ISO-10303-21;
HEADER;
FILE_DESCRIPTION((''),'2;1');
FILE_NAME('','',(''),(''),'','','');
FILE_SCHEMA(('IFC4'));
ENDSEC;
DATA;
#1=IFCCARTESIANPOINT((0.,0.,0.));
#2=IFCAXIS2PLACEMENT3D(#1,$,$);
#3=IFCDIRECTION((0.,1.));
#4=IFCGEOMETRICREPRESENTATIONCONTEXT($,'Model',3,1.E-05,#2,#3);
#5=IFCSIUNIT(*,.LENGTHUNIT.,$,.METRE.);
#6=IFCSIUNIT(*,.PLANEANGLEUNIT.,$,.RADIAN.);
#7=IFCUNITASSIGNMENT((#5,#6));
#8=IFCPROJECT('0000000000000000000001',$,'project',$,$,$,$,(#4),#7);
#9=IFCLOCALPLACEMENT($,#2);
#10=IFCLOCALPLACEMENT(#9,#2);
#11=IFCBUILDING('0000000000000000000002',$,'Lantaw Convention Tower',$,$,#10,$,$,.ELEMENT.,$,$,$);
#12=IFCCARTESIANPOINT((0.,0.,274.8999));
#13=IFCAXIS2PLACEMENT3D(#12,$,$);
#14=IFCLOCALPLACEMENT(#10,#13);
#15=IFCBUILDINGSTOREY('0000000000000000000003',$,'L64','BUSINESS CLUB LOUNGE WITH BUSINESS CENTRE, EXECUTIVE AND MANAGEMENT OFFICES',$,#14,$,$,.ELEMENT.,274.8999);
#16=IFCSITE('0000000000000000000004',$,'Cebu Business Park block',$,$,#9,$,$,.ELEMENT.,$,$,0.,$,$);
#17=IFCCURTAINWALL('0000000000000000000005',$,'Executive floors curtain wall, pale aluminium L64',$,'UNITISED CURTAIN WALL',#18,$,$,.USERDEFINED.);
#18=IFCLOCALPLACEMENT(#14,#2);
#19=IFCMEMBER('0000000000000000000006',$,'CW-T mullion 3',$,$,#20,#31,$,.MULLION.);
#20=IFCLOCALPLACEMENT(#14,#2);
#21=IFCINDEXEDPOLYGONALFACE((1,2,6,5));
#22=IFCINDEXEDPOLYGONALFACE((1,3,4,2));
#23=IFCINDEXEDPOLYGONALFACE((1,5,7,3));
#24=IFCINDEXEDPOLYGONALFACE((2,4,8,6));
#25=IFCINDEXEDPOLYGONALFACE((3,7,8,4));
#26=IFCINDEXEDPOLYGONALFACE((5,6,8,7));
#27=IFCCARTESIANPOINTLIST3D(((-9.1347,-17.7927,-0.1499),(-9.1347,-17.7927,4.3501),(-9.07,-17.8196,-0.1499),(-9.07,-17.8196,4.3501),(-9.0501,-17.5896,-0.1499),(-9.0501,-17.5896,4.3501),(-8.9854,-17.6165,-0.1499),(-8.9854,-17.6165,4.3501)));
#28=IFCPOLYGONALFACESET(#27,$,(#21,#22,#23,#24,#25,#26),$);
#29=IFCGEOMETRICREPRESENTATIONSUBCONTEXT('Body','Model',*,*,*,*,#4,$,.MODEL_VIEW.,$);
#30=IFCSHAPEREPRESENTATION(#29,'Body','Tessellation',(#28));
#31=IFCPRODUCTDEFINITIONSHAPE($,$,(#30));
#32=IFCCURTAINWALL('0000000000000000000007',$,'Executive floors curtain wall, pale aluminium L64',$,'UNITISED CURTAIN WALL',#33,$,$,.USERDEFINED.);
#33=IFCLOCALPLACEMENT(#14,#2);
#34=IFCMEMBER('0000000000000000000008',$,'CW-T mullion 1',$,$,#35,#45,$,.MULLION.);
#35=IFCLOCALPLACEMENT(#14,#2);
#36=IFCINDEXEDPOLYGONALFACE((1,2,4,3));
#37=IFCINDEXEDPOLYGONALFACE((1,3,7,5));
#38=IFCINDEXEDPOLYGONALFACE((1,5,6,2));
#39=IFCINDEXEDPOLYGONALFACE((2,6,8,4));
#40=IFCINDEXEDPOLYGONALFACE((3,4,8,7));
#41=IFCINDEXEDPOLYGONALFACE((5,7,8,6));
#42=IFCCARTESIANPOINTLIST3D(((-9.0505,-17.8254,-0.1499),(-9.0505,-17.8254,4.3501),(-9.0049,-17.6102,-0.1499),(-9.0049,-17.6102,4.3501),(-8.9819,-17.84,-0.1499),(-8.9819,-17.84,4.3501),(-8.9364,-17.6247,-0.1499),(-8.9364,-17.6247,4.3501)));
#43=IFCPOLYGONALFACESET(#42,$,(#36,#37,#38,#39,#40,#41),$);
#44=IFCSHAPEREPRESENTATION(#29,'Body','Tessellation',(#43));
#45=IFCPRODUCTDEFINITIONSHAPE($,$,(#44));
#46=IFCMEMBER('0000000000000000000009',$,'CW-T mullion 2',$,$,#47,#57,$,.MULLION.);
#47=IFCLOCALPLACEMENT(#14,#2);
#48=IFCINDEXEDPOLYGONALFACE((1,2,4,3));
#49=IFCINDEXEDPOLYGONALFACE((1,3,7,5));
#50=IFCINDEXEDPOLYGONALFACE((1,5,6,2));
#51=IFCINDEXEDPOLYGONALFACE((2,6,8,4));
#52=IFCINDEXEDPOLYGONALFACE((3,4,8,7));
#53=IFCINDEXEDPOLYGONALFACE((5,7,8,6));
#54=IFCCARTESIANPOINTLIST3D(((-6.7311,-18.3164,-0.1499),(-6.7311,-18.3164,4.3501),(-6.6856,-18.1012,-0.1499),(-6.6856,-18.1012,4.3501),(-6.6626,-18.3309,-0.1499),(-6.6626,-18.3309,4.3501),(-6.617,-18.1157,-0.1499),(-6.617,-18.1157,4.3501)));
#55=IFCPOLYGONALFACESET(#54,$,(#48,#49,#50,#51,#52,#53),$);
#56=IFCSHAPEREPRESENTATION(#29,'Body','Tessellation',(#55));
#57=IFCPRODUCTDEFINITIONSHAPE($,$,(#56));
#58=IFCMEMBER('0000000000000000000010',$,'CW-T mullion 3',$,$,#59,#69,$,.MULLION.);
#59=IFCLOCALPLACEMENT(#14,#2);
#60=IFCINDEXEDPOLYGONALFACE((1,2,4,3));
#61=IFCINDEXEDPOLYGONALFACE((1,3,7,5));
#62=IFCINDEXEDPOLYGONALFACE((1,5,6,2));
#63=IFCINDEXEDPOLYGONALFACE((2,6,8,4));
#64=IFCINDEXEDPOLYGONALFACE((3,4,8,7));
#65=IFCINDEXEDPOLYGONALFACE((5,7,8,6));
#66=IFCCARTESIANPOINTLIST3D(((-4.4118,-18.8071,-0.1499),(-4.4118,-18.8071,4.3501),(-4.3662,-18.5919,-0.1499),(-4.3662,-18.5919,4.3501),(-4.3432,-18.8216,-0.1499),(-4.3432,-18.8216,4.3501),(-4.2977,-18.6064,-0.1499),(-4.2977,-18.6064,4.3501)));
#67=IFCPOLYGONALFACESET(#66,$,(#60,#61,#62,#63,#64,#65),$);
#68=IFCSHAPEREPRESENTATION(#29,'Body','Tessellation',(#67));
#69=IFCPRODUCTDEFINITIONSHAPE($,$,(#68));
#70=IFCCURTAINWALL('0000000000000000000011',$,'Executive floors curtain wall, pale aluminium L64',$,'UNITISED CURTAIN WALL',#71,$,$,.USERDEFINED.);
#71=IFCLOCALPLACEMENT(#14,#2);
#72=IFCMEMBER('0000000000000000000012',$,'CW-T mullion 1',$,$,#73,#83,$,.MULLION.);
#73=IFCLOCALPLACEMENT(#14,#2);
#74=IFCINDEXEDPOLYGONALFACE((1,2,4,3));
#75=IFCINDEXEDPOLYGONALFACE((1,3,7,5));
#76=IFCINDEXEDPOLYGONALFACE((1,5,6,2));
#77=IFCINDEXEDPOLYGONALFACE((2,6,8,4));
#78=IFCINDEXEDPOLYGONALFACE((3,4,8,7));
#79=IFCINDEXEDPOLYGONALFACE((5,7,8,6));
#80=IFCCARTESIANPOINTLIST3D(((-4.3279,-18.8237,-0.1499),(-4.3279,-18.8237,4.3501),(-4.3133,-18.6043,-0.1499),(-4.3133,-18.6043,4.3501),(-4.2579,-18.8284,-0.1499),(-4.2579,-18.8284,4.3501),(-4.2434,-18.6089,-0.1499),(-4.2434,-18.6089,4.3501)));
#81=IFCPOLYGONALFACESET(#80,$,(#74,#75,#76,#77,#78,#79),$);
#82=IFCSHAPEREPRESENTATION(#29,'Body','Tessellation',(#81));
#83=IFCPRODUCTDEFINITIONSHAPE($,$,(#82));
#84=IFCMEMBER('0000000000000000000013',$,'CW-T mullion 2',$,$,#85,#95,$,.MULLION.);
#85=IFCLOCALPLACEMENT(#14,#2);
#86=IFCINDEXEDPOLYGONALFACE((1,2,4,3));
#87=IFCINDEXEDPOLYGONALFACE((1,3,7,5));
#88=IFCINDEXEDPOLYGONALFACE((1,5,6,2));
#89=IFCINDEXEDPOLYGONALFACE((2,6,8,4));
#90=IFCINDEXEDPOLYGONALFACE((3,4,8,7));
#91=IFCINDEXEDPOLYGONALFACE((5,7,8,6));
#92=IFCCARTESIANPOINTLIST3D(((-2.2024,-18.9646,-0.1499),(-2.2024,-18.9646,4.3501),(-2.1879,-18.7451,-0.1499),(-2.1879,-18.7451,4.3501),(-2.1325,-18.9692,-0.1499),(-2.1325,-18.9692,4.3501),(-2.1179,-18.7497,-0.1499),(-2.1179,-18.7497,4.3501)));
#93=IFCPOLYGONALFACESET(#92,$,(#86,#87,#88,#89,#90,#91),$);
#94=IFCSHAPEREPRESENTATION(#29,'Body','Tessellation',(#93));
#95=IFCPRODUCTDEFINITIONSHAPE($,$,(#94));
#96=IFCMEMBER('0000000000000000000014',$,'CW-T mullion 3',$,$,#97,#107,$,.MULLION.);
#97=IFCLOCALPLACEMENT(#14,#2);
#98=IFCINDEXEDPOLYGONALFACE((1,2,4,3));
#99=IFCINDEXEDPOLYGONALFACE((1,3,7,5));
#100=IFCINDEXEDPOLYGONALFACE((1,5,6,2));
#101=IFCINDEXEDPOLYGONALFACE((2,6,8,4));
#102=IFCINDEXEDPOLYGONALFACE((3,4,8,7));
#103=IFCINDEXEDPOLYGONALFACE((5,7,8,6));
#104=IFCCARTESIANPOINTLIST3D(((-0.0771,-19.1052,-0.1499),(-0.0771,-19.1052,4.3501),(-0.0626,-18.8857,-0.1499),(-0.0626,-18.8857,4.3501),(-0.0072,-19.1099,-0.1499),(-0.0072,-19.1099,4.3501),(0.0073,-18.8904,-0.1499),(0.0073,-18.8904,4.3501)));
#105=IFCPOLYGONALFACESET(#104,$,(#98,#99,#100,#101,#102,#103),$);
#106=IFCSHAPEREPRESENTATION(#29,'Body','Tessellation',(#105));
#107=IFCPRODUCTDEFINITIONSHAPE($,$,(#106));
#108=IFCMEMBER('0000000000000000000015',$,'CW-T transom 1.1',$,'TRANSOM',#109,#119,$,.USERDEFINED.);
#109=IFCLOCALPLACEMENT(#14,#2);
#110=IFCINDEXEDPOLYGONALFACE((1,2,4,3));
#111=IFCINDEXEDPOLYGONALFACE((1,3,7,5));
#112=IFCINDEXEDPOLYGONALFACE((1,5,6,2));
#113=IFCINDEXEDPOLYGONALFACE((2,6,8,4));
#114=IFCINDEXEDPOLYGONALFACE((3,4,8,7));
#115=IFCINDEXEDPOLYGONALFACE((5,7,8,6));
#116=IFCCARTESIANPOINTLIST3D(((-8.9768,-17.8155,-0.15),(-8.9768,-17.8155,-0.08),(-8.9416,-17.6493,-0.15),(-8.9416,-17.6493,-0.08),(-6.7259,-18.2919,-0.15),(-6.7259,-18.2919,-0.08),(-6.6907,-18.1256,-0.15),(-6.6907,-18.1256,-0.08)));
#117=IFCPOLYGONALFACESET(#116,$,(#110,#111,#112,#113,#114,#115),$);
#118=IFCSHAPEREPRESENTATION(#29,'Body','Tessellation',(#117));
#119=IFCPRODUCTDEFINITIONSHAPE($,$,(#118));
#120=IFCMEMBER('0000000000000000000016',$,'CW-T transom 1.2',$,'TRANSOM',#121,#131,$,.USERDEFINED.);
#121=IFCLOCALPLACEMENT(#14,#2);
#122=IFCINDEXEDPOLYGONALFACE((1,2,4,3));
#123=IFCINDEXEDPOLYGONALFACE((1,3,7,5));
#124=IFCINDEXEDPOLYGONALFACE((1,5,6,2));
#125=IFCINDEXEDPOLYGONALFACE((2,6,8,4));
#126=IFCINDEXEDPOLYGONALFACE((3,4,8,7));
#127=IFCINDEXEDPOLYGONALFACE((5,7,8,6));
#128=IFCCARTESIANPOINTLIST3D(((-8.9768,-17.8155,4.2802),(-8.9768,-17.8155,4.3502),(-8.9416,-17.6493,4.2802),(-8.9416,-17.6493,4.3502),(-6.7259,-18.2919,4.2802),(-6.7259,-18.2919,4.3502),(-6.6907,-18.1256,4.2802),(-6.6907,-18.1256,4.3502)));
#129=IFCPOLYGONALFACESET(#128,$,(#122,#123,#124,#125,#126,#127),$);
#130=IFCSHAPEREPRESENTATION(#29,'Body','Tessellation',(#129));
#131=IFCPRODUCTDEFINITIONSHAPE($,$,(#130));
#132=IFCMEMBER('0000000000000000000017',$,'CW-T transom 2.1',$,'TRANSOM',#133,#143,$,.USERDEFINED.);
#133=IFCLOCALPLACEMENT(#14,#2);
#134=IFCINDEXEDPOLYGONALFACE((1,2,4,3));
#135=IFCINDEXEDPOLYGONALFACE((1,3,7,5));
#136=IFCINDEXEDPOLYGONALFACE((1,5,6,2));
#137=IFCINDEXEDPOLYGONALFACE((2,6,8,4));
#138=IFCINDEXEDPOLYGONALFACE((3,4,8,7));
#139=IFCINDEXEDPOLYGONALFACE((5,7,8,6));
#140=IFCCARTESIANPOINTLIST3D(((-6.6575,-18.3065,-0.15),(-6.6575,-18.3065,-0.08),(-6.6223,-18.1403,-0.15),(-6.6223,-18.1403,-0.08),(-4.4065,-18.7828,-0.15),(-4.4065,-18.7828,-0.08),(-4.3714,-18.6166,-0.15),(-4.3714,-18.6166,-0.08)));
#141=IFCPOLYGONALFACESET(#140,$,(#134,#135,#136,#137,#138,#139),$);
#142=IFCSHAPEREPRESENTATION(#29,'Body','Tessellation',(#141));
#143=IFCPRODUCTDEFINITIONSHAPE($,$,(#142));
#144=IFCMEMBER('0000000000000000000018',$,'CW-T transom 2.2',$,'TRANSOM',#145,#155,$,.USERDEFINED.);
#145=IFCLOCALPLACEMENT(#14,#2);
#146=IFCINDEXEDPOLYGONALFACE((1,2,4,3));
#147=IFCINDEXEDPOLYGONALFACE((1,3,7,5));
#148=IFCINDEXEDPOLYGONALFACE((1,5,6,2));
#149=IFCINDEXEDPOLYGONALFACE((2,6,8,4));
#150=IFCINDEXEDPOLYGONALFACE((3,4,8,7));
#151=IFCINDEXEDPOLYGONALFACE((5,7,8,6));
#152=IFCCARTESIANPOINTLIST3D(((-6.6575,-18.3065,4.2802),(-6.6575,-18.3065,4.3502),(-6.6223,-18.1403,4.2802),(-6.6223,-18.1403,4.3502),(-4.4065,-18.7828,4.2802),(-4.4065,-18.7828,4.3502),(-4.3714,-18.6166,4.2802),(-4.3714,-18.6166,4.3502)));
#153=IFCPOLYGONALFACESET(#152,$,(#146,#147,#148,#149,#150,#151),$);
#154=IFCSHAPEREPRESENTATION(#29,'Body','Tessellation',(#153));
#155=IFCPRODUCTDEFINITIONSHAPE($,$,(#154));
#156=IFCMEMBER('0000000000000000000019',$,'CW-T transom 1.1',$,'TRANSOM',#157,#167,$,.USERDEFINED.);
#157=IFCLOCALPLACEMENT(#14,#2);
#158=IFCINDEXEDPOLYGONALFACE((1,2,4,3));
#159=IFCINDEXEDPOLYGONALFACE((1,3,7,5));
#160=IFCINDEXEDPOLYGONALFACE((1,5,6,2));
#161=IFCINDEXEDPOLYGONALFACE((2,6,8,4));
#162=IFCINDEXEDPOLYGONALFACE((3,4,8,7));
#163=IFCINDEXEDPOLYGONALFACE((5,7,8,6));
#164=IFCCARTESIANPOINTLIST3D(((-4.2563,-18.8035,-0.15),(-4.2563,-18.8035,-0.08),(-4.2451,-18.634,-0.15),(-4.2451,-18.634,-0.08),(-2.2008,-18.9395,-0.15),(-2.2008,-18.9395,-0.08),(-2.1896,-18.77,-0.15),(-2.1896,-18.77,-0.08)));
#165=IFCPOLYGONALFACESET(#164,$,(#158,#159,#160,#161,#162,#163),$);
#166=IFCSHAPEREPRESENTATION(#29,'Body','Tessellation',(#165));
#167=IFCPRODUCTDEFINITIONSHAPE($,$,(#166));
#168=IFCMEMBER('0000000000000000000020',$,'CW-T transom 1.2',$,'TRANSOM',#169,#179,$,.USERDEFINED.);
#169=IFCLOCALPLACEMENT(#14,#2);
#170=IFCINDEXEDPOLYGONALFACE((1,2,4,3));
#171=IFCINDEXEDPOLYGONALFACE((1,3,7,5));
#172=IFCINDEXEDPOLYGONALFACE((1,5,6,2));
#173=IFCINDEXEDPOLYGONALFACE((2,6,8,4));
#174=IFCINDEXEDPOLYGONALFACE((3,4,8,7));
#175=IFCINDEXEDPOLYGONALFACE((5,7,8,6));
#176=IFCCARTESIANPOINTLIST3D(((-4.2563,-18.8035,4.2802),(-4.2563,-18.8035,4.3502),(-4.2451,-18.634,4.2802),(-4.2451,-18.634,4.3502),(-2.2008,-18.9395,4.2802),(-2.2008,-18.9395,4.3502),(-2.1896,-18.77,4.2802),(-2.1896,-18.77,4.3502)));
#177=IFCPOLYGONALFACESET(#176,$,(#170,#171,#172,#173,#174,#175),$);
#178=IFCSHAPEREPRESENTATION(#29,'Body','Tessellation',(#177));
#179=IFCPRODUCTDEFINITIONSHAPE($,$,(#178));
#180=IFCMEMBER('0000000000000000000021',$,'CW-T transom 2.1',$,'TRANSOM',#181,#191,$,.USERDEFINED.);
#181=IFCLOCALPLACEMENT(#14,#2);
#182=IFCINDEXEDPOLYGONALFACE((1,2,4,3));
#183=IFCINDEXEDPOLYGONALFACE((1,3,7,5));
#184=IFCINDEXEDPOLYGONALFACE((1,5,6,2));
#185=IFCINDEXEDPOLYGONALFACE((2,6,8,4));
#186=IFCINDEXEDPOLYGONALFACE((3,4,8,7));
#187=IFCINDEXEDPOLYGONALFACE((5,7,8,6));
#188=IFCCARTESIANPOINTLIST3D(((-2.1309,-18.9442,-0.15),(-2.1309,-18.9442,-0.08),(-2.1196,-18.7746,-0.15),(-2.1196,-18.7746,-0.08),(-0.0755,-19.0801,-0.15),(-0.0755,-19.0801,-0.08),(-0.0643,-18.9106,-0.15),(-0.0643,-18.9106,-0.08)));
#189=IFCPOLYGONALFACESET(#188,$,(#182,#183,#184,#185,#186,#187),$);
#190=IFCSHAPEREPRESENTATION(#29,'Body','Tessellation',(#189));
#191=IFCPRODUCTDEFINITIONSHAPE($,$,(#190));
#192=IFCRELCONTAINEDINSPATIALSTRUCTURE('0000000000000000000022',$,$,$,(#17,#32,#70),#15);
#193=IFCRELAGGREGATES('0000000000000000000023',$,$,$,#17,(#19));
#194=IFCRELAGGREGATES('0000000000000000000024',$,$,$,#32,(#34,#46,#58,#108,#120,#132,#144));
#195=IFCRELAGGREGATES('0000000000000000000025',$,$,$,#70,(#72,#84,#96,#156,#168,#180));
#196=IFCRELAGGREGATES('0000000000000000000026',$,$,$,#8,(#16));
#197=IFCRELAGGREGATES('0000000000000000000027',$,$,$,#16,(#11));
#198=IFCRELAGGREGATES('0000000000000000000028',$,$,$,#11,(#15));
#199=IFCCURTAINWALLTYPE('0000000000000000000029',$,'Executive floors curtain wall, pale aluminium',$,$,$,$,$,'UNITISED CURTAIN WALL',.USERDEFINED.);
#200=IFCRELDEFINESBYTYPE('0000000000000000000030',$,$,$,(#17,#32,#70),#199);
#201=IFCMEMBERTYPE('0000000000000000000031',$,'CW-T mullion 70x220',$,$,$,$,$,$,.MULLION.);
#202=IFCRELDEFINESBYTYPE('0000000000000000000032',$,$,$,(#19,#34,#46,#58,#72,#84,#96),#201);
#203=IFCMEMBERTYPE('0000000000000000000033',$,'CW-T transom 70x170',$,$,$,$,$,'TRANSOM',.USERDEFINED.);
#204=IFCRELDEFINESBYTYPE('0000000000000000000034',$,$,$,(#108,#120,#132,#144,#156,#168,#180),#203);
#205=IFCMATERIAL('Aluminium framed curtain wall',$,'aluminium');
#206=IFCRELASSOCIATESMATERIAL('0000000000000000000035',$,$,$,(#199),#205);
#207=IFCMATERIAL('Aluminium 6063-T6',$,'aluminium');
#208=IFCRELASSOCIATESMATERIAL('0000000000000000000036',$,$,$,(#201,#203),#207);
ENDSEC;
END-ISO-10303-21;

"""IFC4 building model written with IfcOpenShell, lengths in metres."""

from ifc_helpers import new_model, si_unit, direction, frame, origin, origin_2d, place, context, subcontext, project, spatial, rectangle, extrude, material, material_profile, profile_set, type_object, element, aggregate, save


model = new_model("IFC4")

# Units and contexts
model_context = context("Model", 3, precision=1e-05, world=origin(), true_north=direction((0.0, 1.0)))
body_context = subcontext(model_context, "Body", "Model", "MODEL_VIEW")
ifc_project = project(units=[si_unit("LENGTHUNIT", "METRE"), si_unit("PLANEANGLEUNIT", "RADIAN")], contexts=[model_context])

# Site, building, storey
site_placement = place(None, origin())
site = spatial("IfcSite", under=ifc_project, at=site_placement, Name="Cebu Business Park block", CompositionType="ELEMENT", RefElevation=0.0)
building_placement = place(site_placement, origin())
building = spatial("IfcBuilding", under=site, at=building_placement, Name="Lantaw Convention Tower", CompositionType="ELEMENT")
storey_placement = place(building_placement, frame((0.0, 0.0, 274.8999)))
storey = spatial("IfcBuildingStorey", under=building, at=storey_placement, Name="L64", Description="BUSINESS CLUB LOUNGE WITH BUSINESS CENTRE, EXECUTIVE AND MANAGEMENT OFFICES", CompositionType="ELEMENT", Elevation=274.8999)

# Curtain wall, member
ifc_material_1 = material(Name="Aluminium framed curtain wall", Category="aluminium")
curtain_wall_type = type_object("IfcCurtainWallType", Name="Executive floors curtain wall, pale aluminium", ElementType="UNITISED CURTAIN WALL", PredefinedType="USERDEFINED", material=ifc_material_1)
curtain_wall_1_placement = place(storey_placement, origin())
curtain_wall_1 = element("IfcCurtainWall", 1, at=curtain_wall_1_placement, inside=storey, type_object=curtain_wall_type, Name="Executive floors curtain wall, pale aluminium L64", ObjectType="UNITISED CURTAIN WALL", PredefinedType="USERDEFINED")
ifc_material_2 = material(Name="Aluminium 6063-T6", Category="aluminium")
ifc_material_profile_1 = material_profile(ifc_material_2, rectangle(XDim=0.22, YDim=0.0701, at=origin_2d()), Name="CW-T mullion 70x220")
ifc_profile_set_1 = profile_set([ifc_material_profile_1], Name="Aluminium 6063-T6")
member_type_1 = type_object("IfcMemberType", Name="CW-T mullion 70x220", PredefinedType="MULLION", material=ifc_profile_set_1)
member_1_placement = place(storey_placement, frame((-9.0601, -17.7046, -0.1499), z_axis=(0.0, 0.0, 1.0), x_axis=(0.38446, 0.923142, 0.0)))
member_1 = element("IfcMember", 2, at=member_1_placement, type_object=member_type_1, Name="CW-T mullion 3", PredefinedType="MULLION", context=body_context, shape_type="SweptSolid", body=[
    extrude(rectangle(XDim=0.22, YDim=0.0701, at=origin_2d()), origin(), (0.0, 0.0, 1.0), 4.5),
])
aggregate(curtain_wall_1, [member_1])

# Curtain walls, members
curtain_wall_2_placement = place(storey_placement, origin())
curtain_wall_2 = element("IfcCurtainWall", 3, at=curtain_wall_2_placement, inside=storey, type_object=curtain_wall_type, Name="Executive floors curtain wall, pale aluminium L64", ObjectType="UNITISED CURTAIN WALL", PredefinedType="USERDEFINED")
member_2_placement = place(storey_placement, frame((-8.9934, -17.7251, -0.1499), z_axis=(0.0, 0.0, 1.0), x_axis=(0.20704, 0.978332, 0.0)))
member_2 = element("IfcMember", 4, at=member_2_placement, type_object=member_type_1, Name="CW-T mullion 1", PredefinedType="MULLION", context=body_context, shape_type="SweptSolid", body=[
    extrude(rectangle(XDim=0.22, YDim=0.0701, at=origin_2d()), origin(), (0.0, 0.0, 1.0), 4.5),
])
member_3_placement = place(storey_placement, frame((-6.6741, -18.2161, -0.1499), z_axis=(0.0, 0.0, 1.0), x_axis=(0.20704, 0.978332, 0.0)))
member_3 = element("IfcMember", 5, at=member_3_placement, type_object=member_type_1, Name="CW-T mullion 2", PredefinedType="MULLION", context=body_context, shape_type="SweptSolid", body=[
    extrude(rectangle(XDim=0.22, YDim=0.0701, at=origin_2d()), origin(), (0.0, 0.0, 1.0), 4.5),
])
member_4_placement = place(storey_placement, frame((-4.3547, -18.7068, -0.1499), z_axis=(0.0, 0.0, 1.0), x_axis=(0.20704, 0.978332, 0.0)))
member_4 = element("IfcMember", 6, at=member_4_placement, type_object=member_type_1, Name="CW-T mullion 3", PredefinedType="MULLION", context=body_context, shape_type="SweptSolid", body=[
    extrude(rectangle(XDim=0.22, YDim=0.0701, at=origin_2d()), origin(), (0.0, 0.0, 1.0), 4.5),
])
curtain_wall_3_placement = place(storey_placement, origin())
curtain_wall_3 = element("IfcCurtainWall", 7, at=curtain_wall_3_placement, inside=storey, type_object=curtain_wall_type, Name="Executive floors curtain wall, pale aluminium L64", ObjectType="UNITISED CURTAIN WALL", PredefinedType="USERDEFINED")
member_5_placement = place(storey_placement, frame((-4.2856, -18.7163, -0.1499), z_axis=(0.0, 0.0, 1.0), x_axis=(0.066025, 0.997818, 0.0)))
member_5 = element("IfcMember", 8, at=member_5_placement, type_object=member_type_1, Name="CW-T mullion 1", PredefinedType="MULLION", context=body_context, shape_type="SweptSolid", body=[
    extrude(rectangle(XDim=0.22, YDim=0.0701, at=origin_2d()), origin(), (0.0, 0.0, 1.0), 4.5),
])
member_6_placement = place(storey_placement, frame((-2.1602, -18.8572, -0.1499), z_axis=(0.0, 0.0, 1.0), x_axis=(0.066025, 0.997818, 0.0)))
member_6 = element("IfcMember", 9, at=member_6_placement, type_object=member_type_1, Name="CW-T mullion 2", PredefinedType="MULLION", context=body_context, shape_type="SweptSolid", body=[
    extrude(rectangle(XDim=0.22, YDim=0.0701, at=origin_2d()), origin(), (0.0, 0.0, 1.0), 4.5),
])
member_7_placement = place(storey_placement, frame((-0.0349, -18.9978, -0.1499), z_axis=(0.0, 0.0, 1.0), x_axis=(0.066025, 0.997818, 0.0)))
member_7 = element("IfcMember", 10, at=member_7_placement, type_object=member_type_1, Name="CW-T mullion 3", PredefinedType="MULLION", context=body_context, shape_type="SweptSolid", body=[
    extrude(rectangle(XDim=0.22, YDim=0.0701, at=origin_2d()), origin(), (0.0, 0.0, 1.0), 4.5),
])

# Members
ifc_material_profile_2 = material_profile(ifc_material_2, rectangle(XDim=0.1699, YDim=0.0701, at=origin_2d()), Name="CW-T transom 70x170")
ifc_profile_set_2 = profile_set([ifc_material_profile_2], Name="Aluminium 6063-T6")
member_type_2 = type_object("IfcMemberType", Name="CW-T transom 70x170", ElementType="TRANSOM", PredefinedType="USERDEFINED", material=ifc_profile_set_2)
member_8_placement = place(storey_placement, frame((-8.9592, -17.7324, -0.115), z_axis=(0.978336, -0.207021, 0.0), x_axis=(0.207021, 0.978336, 0.0)))
member_8 = element("IfcMember", 11, at=member_8_placement, type_object=member_type_2, Name="CW-T transom 1.1", ObjectType="TRANSOM", PredefinedType="USERDEFINED", context=body_context, shape_type="SweptSolid", body=[
    extrude(rectangle(XDim=0.1699, YDim=0.0701, at=origin_2d()), origin(), (0.0, 0.0, 1.0), 2.3008),
])
member_9_placement = place(storey_placement, frame((-8.9592, -17.7324, 4.3152), z_axis=(0.978336, -0.207021, 0.0), x_axis=(0.207021, 0.978336, 0.0)))
member_9 = element("IfcMember", 12, at=member_9_placement, type_object=member_type_2, Name="CW-T transom 1.2", ObjectType="TRANSOM", PredefinedType="USERDEFINED", context=body_context, shape_type="SweptSolid", body=[
    extrude(rectangle(XDim=0.1699, YDim=0.0701, at=origin_2d()), origin(), (0.0, 0.0, 1.0), 2.3008),
])
member_10_placement = place(storey_placement, frame((-6.6399, -18.2234, -0.115), z_axis=(0.978336, -0.207021, 0.0), x_axis=(0.207021, 0.978336, 0.0)))
member_10 = element("IfcMember", 13, at=member_10_placement, type_object=member_type_2, Name="CW-T transom 2.1", ObjectType="TRANSOM", PredefinedType="USERDEFINED", context=body_context, shape_type="SweptSolid", body=[
    extrude(rectangle(XDim=0.1699, YDim=0.0701, at=origin_2d()), origin(), (0.0, 0.0, 1.0), 2.3008),
])
member_11_placement = place(storey_placement, frame((-6.6399, -18.2234, 4.3152), z_axis=(0.978336, -0.207021, 0.0), x_axis=(0.207021, 0.978336, 0.0)))
member_11 = element("IfcMember", 14, at=member_11_placement, type_object=member_type_2, Name="CW-T transom 2.2", ObjectType="TRANSOM", PredefinedType="USERDEFINED", context=body_context, shape_type="SweptSolid", body=[
    extrude(rectangle(XDim=0.1699, YDim=0.0701, at=origin_2d()), origin(), (0.0, 0.0, 1.0), 2.3008),
])
member_12_placement = place(storey_placement, frame((-4.2507, -18.7188, -0.115), z_axis=(0.997819, -0.066008, 0.0), x_axis=(0.066008, 0.997819, 0.0)))
member_12 = element("IfcMember", 15, at=member_12_placement, type_object=member_type_2, Name="CW-T transom 1.1", ObjectType="TRANSOM", PredefinedType="USERDEFINED", context=body_context, shape_type="SweptSolid", body=[
    extrude(rectangle(XDim=0.1699, YDim=0.0701, at=origin_2d()), origin(), (0.0, 0.0, 1.0), 2.0601),
])
member_13_placement = place(storey_placement, frame((-4.2507, -18.7188, 4.3152), z_axis=(0.997819, -0.066008, 0.0), x_axis=(0.066008, 0.997819, 0.0)))
member_13 = element("IfcMember", 16, at=member_13_placement, type_object=member_type_2, Name="CW-T transom 1.2", ObjectType="TRANSOM", PredefinedType="USERDEFINED", context=body_context, shape_type="SweptSolid", body=[
    extrude(rectangle(XDim=0.1699, YDim=0.0701, at=origin_2d()), origin(), (0.0, 0.0, 1.0), 2.0601),
])
member_14_placement = place(storey_placement, frame((-2.1252, -18.8594, -0.115), z_axis=(0.997819, -0.066016, 0.0), x_axis=(0.066016, 0.997819, 0.0)))
member_14 = element("IfcMember", 17, at=member_14_placement, type_object=member_type_2, Name="CW-T transom 2.1", ObjectType="TRANSOM", PredefinedType="USERDEFINED", context=body_context, shape_type="SweptSolid", body=[
    extrude(rectangle(XDim=0.1699, YDim=0.0701, at=origin_2d()), origin(), (0.0, 0.0, 1.0), 2.0598),
])

aggregate(curtain_wall_2, [member_2, member_3, member_4, member_8, member_9, member_10, member_11])
aggregate(curtain_wall_3, [member_5, member_6, member_7, member_12, member_13, member_14])

save(model, "model.ifc")
